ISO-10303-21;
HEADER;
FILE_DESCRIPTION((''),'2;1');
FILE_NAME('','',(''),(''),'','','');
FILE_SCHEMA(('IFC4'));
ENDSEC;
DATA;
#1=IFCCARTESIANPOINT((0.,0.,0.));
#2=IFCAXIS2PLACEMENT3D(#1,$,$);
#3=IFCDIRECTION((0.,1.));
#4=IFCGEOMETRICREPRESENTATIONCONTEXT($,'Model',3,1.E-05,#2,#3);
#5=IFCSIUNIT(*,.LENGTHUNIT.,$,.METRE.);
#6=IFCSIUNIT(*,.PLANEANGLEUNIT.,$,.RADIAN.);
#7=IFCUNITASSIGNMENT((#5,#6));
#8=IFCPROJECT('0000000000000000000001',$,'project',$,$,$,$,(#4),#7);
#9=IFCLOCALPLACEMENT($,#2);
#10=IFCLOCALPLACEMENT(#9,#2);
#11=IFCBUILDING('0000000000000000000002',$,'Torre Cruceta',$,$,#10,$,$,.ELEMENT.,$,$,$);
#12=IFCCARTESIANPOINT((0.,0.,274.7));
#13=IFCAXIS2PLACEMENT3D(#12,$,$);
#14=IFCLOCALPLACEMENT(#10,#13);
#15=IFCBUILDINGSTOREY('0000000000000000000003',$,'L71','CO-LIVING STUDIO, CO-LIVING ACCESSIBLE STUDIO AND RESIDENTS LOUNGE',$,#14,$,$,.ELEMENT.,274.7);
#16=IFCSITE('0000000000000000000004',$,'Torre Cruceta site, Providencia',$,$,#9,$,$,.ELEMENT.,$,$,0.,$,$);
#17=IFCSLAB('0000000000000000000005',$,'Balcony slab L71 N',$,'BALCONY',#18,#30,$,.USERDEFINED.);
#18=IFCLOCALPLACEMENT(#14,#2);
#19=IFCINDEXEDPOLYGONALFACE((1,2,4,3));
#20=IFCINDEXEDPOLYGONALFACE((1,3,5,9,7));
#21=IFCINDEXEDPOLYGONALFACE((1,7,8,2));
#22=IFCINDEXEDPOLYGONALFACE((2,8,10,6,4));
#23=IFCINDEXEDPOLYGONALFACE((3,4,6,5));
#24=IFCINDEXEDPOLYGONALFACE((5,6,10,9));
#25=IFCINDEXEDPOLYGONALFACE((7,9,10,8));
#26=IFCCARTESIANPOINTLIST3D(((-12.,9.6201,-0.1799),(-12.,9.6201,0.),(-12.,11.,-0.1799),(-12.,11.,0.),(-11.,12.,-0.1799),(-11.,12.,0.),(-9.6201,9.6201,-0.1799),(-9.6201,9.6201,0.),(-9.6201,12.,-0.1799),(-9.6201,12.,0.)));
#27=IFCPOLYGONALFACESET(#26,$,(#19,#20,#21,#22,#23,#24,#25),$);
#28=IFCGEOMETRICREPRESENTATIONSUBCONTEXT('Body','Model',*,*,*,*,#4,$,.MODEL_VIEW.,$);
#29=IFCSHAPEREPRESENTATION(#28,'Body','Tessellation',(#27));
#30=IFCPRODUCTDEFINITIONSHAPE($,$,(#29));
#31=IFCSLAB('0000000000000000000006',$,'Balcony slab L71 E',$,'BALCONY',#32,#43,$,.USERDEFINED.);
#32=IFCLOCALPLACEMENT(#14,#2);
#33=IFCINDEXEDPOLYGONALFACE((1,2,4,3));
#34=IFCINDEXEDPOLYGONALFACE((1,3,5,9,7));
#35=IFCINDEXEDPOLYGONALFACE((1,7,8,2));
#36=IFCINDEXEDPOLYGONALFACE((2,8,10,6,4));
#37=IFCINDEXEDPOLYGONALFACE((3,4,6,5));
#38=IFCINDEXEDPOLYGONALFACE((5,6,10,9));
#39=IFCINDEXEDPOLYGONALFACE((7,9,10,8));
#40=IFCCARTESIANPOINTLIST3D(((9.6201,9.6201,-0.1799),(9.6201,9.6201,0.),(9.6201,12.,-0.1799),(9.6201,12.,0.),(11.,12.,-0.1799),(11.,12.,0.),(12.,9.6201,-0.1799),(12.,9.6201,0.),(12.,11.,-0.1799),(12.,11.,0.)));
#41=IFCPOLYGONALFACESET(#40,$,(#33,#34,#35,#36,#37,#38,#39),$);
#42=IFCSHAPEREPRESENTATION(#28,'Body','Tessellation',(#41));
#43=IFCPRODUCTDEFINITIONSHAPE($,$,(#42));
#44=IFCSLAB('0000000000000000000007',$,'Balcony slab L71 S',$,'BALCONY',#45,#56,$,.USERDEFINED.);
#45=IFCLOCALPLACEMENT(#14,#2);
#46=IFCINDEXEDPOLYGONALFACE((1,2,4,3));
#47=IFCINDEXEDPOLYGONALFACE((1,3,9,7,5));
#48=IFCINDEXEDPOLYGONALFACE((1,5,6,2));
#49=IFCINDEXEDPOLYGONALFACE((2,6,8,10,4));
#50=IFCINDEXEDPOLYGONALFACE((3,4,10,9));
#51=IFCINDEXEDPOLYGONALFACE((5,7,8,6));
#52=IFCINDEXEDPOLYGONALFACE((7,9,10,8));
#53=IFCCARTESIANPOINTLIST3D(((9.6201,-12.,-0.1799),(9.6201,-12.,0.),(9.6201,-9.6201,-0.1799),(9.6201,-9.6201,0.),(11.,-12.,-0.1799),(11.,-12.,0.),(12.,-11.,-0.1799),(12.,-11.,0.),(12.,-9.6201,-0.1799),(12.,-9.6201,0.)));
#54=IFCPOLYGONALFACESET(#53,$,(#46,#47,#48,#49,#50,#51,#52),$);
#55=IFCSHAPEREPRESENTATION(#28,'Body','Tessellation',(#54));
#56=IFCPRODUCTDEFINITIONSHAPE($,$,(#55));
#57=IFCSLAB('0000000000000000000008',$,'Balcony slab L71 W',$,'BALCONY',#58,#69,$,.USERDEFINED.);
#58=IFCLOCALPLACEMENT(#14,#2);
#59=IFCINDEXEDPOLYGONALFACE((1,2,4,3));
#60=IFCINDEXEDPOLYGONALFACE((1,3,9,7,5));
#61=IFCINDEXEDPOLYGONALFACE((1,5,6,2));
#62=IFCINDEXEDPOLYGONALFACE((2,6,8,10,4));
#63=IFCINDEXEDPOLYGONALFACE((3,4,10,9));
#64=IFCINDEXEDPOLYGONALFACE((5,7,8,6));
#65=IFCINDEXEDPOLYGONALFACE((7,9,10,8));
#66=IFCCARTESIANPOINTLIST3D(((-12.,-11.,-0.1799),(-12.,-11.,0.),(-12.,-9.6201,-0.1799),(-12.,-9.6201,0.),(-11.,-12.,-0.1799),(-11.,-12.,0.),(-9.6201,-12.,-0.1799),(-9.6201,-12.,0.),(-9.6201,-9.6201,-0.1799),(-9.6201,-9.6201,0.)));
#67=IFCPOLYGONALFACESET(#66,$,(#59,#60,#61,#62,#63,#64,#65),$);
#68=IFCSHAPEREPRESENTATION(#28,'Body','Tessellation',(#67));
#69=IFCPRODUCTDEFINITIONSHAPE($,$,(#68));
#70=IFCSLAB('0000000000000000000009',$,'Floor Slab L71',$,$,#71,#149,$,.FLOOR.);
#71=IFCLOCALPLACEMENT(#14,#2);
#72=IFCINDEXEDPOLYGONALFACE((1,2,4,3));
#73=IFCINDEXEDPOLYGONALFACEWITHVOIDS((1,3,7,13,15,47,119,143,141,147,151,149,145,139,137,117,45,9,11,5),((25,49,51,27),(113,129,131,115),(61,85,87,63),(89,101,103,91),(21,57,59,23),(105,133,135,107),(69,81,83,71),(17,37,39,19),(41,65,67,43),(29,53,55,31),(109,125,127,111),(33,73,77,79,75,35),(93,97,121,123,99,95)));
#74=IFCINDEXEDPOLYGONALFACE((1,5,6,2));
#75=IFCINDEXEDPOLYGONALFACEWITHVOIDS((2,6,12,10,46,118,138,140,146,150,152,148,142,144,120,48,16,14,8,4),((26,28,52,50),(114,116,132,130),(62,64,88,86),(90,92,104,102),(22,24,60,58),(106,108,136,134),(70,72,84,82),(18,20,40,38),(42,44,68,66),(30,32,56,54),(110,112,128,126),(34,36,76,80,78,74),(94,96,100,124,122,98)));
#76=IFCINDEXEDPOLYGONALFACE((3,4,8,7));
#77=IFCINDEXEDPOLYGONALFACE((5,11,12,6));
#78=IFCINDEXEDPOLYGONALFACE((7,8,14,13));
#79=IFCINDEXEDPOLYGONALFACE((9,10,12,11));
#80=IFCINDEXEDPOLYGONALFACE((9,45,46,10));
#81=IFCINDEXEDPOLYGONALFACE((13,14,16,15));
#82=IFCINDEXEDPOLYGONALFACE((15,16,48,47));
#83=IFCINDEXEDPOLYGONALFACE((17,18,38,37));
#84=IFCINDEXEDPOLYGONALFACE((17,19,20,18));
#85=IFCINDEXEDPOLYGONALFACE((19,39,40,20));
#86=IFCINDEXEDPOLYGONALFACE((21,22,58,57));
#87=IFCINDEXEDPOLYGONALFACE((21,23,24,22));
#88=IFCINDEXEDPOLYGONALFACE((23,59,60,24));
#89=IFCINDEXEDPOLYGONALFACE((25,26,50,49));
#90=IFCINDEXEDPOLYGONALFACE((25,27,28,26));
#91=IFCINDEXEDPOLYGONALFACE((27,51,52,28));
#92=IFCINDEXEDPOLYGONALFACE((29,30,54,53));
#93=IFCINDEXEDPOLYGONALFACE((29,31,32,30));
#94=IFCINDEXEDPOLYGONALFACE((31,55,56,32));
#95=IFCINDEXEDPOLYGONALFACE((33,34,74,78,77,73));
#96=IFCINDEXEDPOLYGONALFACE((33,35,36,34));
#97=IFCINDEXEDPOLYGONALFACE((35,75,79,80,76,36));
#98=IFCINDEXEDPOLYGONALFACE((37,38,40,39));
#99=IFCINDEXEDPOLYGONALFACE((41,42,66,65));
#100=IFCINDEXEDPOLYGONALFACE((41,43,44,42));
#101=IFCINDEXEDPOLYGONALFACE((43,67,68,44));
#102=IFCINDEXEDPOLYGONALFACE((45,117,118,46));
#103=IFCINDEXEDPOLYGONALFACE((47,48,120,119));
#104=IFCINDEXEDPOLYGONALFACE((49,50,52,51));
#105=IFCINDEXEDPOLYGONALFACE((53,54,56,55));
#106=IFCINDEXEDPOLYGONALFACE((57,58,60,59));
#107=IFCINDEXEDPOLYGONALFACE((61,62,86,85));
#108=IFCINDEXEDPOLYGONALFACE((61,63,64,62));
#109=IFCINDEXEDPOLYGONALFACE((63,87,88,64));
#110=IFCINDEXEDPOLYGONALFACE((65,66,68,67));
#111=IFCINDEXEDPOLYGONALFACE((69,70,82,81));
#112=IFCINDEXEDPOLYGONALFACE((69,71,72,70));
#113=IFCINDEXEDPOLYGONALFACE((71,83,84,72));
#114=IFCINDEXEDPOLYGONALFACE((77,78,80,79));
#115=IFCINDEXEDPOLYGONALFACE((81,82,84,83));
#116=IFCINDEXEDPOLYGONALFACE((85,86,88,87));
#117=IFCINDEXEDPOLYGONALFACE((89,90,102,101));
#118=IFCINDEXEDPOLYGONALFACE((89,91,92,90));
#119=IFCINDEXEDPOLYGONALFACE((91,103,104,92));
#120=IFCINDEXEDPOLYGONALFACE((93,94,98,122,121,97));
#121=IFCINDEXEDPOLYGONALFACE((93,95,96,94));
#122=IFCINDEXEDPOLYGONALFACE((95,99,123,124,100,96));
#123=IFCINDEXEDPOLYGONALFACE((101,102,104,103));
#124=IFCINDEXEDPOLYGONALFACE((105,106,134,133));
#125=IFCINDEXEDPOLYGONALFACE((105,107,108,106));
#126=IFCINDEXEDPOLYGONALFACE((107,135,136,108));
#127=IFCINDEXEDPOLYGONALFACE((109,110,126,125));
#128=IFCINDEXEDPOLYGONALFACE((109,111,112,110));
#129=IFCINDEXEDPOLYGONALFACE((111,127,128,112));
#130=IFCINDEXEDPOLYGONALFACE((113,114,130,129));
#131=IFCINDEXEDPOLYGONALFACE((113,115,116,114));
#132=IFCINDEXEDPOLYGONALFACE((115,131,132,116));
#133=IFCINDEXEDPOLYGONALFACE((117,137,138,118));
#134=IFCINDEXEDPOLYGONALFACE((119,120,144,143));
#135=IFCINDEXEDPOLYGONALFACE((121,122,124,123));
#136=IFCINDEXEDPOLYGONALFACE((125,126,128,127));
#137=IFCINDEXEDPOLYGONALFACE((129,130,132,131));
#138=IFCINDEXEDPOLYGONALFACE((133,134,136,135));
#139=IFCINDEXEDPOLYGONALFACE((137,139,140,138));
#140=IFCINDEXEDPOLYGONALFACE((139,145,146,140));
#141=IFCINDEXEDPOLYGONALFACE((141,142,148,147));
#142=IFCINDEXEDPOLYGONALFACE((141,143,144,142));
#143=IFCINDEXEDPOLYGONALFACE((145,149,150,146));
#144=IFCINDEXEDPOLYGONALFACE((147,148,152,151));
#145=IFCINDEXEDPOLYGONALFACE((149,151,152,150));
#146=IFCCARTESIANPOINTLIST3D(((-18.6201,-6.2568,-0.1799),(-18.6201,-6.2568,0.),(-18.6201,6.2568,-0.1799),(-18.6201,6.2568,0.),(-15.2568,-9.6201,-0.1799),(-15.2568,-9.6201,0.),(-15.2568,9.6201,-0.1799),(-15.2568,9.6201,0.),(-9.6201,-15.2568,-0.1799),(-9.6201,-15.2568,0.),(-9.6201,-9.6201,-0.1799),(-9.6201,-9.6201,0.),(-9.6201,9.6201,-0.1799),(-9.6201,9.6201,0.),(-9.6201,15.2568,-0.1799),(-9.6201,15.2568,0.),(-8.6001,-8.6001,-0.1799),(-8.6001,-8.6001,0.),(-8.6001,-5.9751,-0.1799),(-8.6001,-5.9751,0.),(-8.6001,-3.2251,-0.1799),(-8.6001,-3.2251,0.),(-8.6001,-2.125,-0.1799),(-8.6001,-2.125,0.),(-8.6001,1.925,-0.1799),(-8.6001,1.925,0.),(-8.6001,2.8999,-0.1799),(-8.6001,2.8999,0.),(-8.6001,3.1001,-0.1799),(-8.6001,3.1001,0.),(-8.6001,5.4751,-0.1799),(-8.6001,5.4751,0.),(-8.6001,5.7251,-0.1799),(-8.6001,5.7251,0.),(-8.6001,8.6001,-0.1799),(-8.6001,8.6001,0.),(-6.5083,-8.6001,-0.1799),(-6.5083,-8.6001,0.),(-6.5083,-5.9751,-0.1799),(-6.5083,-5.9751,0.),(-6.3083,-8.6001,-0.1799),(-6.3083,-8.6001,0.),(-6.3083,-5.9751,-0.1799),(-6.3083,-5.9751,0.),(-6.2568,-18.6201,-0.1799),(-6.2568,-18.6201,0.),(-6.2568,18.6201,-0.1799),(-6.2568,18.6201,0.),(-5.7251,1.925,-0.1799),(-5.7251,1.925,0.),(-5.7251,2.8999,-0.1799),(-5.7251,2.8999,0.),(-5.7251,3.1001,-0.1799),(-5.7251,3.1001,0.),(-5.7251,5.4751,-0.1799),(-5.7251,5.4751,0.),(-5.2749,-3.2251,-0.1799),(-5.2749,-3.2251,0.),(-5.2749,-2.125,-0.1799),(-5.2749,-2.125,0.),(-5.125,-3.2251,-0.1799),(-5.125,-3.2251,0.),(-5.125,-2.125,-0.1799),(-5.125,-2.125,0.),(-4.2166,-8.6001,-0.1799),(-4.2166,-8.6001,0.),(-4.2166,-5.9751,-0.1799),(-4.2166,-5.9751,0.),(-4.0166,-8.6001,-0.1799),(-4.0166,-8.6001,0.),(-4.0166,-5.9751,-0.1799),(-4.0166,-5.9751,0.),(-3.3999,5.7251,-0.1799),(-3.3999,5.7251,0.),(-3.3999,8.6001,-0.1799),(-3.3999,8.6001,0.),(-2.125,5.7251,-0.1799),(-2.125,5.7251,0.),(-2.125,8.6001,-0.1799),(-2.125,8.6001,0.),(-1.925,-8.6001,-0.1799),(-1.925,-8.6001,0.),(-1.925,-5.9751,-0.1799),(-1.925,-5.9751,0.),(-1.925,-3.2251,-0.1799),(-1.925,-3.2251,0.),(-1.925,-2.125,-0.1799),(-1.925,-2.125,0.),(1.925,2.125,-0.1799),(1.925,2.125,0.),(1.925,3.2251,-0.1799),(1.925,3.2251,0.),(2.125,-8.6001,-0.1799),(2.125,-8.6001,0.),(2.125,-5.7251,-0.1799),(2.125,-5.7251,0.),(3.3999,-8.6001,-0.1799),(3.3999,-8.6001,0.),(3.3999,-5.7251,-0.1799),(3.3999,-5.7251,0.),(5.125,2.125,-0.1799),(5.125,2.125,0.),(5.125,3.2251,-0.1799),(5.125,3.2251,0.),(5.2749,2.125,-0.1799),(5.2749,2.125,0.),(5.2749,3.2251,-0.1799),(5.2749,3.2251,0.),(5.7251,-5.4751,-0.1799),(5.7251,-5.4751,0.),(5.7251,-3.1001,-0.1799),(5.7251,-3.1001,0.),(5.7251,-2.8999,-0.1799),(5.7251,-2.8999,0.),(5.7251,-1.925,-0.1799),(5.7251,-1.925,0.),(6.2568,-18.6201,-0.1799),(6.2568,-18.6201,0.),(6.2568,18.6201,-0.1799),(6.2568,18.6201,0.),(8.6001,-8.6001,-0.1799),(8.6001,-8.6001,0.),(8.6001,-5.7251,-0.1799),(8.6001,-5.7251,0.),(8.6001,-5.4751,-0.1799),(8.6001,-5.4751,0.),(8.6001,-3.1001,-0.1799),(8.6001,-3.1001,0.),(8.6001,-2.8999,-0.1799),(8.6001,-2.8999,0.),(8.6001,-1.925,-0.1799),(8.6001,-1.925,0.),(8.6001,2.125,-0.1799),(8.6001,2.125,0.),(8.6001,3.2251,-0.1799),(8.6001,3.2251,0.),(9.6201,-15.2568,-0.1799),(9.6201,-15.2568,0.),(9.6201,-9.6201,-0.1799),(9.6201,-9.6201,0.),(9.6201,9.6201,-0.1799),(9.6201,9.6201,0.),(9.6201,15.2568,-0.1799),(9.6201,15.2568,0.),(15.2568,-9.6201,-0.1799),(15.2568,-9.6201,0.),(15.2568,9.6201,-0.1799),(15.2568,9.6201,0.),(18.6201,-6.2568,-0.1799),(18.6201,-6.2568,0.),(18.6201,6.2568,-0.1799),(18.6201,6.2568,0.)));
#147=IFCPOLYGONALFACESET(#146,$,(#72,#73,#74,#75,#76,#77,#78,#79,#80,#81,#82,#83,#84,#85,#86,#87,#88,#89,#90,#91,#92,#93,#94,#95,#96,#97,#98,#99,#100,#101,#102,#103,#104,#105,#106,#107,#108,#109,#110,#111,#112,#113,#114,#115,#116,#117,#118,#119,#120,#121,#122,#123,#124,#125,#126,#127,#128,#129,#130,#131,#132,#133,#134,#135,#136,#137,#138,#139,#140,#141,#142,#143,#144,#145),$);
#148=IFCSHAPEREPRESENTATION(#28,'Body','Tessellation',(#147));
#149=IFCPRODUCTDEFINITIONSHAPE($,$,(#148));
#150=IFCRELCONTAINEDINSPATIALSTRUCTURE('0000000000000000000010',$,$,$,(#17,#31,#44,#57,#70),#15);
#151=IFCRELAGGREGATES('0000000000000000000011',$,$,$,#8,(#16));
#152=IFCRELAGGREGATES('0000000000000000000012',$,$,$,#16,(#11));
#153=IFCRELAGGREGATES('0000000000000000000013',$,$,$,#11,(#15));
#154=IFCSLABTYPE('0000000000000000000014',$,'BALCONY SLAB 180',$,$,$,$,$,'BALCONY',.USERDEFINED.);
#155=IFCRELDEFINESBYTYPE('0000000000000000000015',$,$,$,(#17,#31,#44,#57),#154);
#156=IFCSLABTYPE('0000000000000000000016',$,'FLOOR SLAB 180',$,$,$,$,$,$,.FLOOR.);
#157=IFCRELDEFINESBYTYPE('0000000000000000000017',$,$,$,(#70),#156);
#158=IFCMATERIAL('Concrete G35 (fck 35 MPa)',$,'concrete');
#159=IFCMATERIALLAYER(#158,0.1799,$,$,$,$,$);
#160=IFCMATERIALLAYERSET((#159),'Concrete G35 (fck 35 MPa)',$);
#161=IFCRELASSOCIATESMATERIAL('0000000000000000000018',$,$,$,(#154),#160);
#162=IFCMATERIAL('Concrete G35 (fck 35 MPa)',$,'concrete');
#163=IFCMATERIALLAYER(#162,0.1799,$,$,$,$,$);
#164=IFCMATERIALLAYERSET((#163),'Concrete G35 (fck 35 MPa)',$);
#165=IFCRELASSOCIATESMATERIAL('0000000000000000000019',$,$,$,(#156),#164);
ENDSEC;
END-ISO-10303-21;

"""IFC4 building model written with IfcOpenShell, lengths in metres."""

from ifc_helpers import new_model, si_unit, direction, frame, origin, place, context, subcontext, project, spatial, polyline, outline, extrude, material, layer, layer_set, type_object, element, save


model = new_model("IFC4")

# Units and contexts
model_context = context("Model", 3, precision=1e-05, world=origin(), true_north=direction((0.0, 1.0)))
body_context = subcontext(model_context, "Body", "Model", "MODEL_VIEW")
ifc_project = project(units=[si_unit("LENGTHUNIT", "METRE"), si_unit("PLANEANGLEUNIT", "RADIAN")], contexts=[model_context])

# Site, building, storey
site_placement = place(None, origin())
site = spatial("IfcSite", under=ifc_project, at=site_placement, Name="Torre Cruceta site, Providencia", CompositionType="ELEMENT", RefElevation=0.0)
building_placement = place(site_placement, origin())
building = spatial("IfcBuilding", under=site, at=building_placement, Name="Torre Cruceta", CompositionType="ELEMENT")
storey_placement = place(building_placement, frame((0.0, 0.0, 274.7)))
storey = spatial("IfcBuildingStorey", under=building, at=storey_placement, Name="L71", Description="CO-LIVING STUDIO, CO-LIVING ACCESSIBLE STUDIO AND RESIDENTS LOUNGE", CompositionType="ELEMENT", Elevation=274.7)

# Slabs
ifc_material_1 = material(Name="Concrete G35 (fck 35 MPa)", Category="concrete")
ifc_layer_1 = layer(ifc_material_1, 0.1799)
ifc_layer_set_1 = layer_set([ifc_layer_1], Name="Concrete G35 (fck 35 MPa)")
slab_type_1 = type_object("IfcSlabType", Name="BALCONY SLAB 180", ElementType="BALCONY", PredefinedType="USERDEFINED", material=ifc_layer_set_1)
slab_1_placement = place(storey_placement, frame((0.0, 0.0, -0.1799)))
element("IfcSlab", 1, at=slab_1_placement, inside=storey, type_object=slab_type_1, Name="Balcony slab L71 N", ObjectType="BALCONY", PredefinedType="USERDEFINED", context=body_context, shape_type="SweptSolid", body=[
    extrude(outline(polyline([(-12.0, 11.0), (-11.0, 12.0), (-9.6201, 12.0), (-9.6201, 9.6201), (-12.0, 9.6201), (-12.0, 11.0)])), origin(), (0.0, 0.0, 1.0), 0.1799),
])
slab_2_placement = place(storey_placement, frame((0.0, 0.0, -0.1799)))
element("IfcSlab", 2, at=slab_2_placement, inside=storey, type_object=slab_type_1, Name="Balcony slab L71 E", ObjectType="BALCONY", PredefinedType="USERDEFINED", context=body_context, shape_type="SweptSolid", body=[
    extrude(outline(polyline([(11.0, 12.0), (12.0, 11.0), (12.0, 9.6201), (9.6201, 9.6201), (9.6201, 12.0), (11.0, 12.0)])), origin(), (0.0, 0.0, 1.0), 0.1799),
])
slab_3_placement = place(storey_placement, frame((0.0, 0.0, -0.1799)))
element("IfcSlab", 3, at=slab_3_placement, inside=storey, type_object=slab_type_1, Name="Balcony slab L71 S", ObjectType="BALCONY", PredefinedType="USERDEFINED", context=body_context, shape_type="SweptSolid", body=[
    extrude(outline(polyline([(12.0, -11.0), (11.0, -12.0), (9.6201, -12.0), (9.6201, -9.6201), (12.0, -9.6201), (12.0, -11.0)])), origin(), (0.0, 0.0, 1.0), 0.1799),
])
slab_4_placement = place(storey_placement, frame((0.0, 0.0, -0.1799)))
element("IfcSlab", 4, at=slab_4_placement, inside=storey, type_object=slab_type_1, Name="Balcony slab L71 W", ObjectType="BALCONY", PredefinedType="USERDEFINED", context=body_context, shape_type="SweptSolid", body=[
    extrude(outline(polyline([(-11.0, -12.0), (-12.0, -11.0), (-12.0, -9.6201), (-9.6201, -9.6201), (-9.6201, -12.0), (-11.0, -12.0)])), origin(), (0.0, 0.0, 1.0), 0.1799),
])
ifc_material_2 = material(Name="Concrete G35 (fck 35 MPa)", Category="concrete")
ifc_layer_2 = layer(ifc_material_2, 0.1799)
ifc_layer_set_2 = layer_set([ifc_layer_2], Name="Concrete G35 (fck 35 MPa)")
slab_type_2 = type_object("IfcSlabType", Name="FLOOR SLAB 180", PredefinedType="FLOOR", material=ifc_layer_set_2)
slab_5_placement = place(storey_placement, frame((0.0, 0.0, -0.1799)))
element("IfcSlab", 5, at=slab_5_placement, inside=storey, type_object=slab_type_2, Name="Floor Slab L71", PredefinedType="FLOOR", context=body_context, shape_type="SweptSolid", body=[
    extrude(outline(polyline([(9.6201, -9.6201), (9.6201, -15.2568), (6.2568, -18.6201), (-6.2568, -18.6201), (-9.6201, -15.2568), (-9.6201, -9.6201), (-15.2568, -9.6201), (-18.6201, -6.2568), (-18.6201, 6.2568), (-15.2568, 9.6201), (-9.6201, 9.6201), (-9.6201, 15.2568), (-6.2568, 18.6201), (6.2568, 18.6201), (9.6201, 15.2568), (9.6201, 9.6201), (15.2568, 9.6201), (18.6201, 6.2568), (18.6201, -6.2568), (15.2568, -9.6201), (9.6201, -9.6201)]), holes=[polyline([(1.925, 2.125), (5.125, 2.125), (5.125, 3.2251), (1.925, 3.2251), (1.925, 2.125)]), polyline([(5.2749, 2.125), (8.6001, 2.125), (8.6001, 3.2251), (5.2749, 3.2251), (5.2749, 2.125)]), polyline([(-8.6001, 3.1001), (-5.7251, 3.1001), (-5.7251, 5.4751), (-8.6001, 5.4751), (-8.6001, 3.1001)]), polyline([(-8.6001, 1.925), (-5.7251, 1.925), (-5.7251, 2.8999), (-8.6001, 2.8999), (-8.6001, 1.925)]), polyline([(-4.0166, -8.6001), (-1.925, -8.6001), (-1.925, -5.9751), (-4.0166, -5.9751), (-4.0166, -8.6001)]), polyline([(-6.3083, -8.6001), (-4.2166, -8.6001), (-4.2166, -5.9751), (-6.3083, -5.9751), (-6.3083, -8.6001)]), polyline([(-8.6001, -8.6001), (-6.5083, -8.6001), (-6.5083, -5.9751), (-8.6001, -5.9751), (-8.6001, -8.6001)]), polyline([(-5.125, -3.2251), (-1.925, -3.2251), (-1.925, -2.125), (-5.125, -2.125), (-5.125, -3.2251)]), polyline([(-8.6001, -3.2251), (-5.2749, -3.2251), (-5.2749, -2.125), (-8.6001, -2.125), (-8.6001, -3.2251)]), polyline([(5.7251, -5.4751), (8.6001, -5.4751), (8.6001, -3.1001), (5.7251, -3.1001), (5.7251, -5.4751)]), polyline([(5.7251, -2.8999), (8.6001, -2.8999), (8.6001, -1.925), (5.7251, -1.925), (5.7251, -2.8999)]), polyline([(-8.6001, 5.7251), (-8.6001, 8.6001), (-3.3999, 8.6001), (-2.125, 8.6001), (-2.125, 5.7251), (-3.3999, 5.7251), (-8.6001, 5.7251)]), polyline([(2.125, -5.7251), (3.3999, -5.7251), (8.6001, -5.7251), (8.6001, -8.6001), (3.3999, -8.6001), (2.125, -8.6001), (2.125, -5.7251)])]), origin(), (0.0, 0.0, 1.0), 0.1799),
])

save(model, "model.ifc")
